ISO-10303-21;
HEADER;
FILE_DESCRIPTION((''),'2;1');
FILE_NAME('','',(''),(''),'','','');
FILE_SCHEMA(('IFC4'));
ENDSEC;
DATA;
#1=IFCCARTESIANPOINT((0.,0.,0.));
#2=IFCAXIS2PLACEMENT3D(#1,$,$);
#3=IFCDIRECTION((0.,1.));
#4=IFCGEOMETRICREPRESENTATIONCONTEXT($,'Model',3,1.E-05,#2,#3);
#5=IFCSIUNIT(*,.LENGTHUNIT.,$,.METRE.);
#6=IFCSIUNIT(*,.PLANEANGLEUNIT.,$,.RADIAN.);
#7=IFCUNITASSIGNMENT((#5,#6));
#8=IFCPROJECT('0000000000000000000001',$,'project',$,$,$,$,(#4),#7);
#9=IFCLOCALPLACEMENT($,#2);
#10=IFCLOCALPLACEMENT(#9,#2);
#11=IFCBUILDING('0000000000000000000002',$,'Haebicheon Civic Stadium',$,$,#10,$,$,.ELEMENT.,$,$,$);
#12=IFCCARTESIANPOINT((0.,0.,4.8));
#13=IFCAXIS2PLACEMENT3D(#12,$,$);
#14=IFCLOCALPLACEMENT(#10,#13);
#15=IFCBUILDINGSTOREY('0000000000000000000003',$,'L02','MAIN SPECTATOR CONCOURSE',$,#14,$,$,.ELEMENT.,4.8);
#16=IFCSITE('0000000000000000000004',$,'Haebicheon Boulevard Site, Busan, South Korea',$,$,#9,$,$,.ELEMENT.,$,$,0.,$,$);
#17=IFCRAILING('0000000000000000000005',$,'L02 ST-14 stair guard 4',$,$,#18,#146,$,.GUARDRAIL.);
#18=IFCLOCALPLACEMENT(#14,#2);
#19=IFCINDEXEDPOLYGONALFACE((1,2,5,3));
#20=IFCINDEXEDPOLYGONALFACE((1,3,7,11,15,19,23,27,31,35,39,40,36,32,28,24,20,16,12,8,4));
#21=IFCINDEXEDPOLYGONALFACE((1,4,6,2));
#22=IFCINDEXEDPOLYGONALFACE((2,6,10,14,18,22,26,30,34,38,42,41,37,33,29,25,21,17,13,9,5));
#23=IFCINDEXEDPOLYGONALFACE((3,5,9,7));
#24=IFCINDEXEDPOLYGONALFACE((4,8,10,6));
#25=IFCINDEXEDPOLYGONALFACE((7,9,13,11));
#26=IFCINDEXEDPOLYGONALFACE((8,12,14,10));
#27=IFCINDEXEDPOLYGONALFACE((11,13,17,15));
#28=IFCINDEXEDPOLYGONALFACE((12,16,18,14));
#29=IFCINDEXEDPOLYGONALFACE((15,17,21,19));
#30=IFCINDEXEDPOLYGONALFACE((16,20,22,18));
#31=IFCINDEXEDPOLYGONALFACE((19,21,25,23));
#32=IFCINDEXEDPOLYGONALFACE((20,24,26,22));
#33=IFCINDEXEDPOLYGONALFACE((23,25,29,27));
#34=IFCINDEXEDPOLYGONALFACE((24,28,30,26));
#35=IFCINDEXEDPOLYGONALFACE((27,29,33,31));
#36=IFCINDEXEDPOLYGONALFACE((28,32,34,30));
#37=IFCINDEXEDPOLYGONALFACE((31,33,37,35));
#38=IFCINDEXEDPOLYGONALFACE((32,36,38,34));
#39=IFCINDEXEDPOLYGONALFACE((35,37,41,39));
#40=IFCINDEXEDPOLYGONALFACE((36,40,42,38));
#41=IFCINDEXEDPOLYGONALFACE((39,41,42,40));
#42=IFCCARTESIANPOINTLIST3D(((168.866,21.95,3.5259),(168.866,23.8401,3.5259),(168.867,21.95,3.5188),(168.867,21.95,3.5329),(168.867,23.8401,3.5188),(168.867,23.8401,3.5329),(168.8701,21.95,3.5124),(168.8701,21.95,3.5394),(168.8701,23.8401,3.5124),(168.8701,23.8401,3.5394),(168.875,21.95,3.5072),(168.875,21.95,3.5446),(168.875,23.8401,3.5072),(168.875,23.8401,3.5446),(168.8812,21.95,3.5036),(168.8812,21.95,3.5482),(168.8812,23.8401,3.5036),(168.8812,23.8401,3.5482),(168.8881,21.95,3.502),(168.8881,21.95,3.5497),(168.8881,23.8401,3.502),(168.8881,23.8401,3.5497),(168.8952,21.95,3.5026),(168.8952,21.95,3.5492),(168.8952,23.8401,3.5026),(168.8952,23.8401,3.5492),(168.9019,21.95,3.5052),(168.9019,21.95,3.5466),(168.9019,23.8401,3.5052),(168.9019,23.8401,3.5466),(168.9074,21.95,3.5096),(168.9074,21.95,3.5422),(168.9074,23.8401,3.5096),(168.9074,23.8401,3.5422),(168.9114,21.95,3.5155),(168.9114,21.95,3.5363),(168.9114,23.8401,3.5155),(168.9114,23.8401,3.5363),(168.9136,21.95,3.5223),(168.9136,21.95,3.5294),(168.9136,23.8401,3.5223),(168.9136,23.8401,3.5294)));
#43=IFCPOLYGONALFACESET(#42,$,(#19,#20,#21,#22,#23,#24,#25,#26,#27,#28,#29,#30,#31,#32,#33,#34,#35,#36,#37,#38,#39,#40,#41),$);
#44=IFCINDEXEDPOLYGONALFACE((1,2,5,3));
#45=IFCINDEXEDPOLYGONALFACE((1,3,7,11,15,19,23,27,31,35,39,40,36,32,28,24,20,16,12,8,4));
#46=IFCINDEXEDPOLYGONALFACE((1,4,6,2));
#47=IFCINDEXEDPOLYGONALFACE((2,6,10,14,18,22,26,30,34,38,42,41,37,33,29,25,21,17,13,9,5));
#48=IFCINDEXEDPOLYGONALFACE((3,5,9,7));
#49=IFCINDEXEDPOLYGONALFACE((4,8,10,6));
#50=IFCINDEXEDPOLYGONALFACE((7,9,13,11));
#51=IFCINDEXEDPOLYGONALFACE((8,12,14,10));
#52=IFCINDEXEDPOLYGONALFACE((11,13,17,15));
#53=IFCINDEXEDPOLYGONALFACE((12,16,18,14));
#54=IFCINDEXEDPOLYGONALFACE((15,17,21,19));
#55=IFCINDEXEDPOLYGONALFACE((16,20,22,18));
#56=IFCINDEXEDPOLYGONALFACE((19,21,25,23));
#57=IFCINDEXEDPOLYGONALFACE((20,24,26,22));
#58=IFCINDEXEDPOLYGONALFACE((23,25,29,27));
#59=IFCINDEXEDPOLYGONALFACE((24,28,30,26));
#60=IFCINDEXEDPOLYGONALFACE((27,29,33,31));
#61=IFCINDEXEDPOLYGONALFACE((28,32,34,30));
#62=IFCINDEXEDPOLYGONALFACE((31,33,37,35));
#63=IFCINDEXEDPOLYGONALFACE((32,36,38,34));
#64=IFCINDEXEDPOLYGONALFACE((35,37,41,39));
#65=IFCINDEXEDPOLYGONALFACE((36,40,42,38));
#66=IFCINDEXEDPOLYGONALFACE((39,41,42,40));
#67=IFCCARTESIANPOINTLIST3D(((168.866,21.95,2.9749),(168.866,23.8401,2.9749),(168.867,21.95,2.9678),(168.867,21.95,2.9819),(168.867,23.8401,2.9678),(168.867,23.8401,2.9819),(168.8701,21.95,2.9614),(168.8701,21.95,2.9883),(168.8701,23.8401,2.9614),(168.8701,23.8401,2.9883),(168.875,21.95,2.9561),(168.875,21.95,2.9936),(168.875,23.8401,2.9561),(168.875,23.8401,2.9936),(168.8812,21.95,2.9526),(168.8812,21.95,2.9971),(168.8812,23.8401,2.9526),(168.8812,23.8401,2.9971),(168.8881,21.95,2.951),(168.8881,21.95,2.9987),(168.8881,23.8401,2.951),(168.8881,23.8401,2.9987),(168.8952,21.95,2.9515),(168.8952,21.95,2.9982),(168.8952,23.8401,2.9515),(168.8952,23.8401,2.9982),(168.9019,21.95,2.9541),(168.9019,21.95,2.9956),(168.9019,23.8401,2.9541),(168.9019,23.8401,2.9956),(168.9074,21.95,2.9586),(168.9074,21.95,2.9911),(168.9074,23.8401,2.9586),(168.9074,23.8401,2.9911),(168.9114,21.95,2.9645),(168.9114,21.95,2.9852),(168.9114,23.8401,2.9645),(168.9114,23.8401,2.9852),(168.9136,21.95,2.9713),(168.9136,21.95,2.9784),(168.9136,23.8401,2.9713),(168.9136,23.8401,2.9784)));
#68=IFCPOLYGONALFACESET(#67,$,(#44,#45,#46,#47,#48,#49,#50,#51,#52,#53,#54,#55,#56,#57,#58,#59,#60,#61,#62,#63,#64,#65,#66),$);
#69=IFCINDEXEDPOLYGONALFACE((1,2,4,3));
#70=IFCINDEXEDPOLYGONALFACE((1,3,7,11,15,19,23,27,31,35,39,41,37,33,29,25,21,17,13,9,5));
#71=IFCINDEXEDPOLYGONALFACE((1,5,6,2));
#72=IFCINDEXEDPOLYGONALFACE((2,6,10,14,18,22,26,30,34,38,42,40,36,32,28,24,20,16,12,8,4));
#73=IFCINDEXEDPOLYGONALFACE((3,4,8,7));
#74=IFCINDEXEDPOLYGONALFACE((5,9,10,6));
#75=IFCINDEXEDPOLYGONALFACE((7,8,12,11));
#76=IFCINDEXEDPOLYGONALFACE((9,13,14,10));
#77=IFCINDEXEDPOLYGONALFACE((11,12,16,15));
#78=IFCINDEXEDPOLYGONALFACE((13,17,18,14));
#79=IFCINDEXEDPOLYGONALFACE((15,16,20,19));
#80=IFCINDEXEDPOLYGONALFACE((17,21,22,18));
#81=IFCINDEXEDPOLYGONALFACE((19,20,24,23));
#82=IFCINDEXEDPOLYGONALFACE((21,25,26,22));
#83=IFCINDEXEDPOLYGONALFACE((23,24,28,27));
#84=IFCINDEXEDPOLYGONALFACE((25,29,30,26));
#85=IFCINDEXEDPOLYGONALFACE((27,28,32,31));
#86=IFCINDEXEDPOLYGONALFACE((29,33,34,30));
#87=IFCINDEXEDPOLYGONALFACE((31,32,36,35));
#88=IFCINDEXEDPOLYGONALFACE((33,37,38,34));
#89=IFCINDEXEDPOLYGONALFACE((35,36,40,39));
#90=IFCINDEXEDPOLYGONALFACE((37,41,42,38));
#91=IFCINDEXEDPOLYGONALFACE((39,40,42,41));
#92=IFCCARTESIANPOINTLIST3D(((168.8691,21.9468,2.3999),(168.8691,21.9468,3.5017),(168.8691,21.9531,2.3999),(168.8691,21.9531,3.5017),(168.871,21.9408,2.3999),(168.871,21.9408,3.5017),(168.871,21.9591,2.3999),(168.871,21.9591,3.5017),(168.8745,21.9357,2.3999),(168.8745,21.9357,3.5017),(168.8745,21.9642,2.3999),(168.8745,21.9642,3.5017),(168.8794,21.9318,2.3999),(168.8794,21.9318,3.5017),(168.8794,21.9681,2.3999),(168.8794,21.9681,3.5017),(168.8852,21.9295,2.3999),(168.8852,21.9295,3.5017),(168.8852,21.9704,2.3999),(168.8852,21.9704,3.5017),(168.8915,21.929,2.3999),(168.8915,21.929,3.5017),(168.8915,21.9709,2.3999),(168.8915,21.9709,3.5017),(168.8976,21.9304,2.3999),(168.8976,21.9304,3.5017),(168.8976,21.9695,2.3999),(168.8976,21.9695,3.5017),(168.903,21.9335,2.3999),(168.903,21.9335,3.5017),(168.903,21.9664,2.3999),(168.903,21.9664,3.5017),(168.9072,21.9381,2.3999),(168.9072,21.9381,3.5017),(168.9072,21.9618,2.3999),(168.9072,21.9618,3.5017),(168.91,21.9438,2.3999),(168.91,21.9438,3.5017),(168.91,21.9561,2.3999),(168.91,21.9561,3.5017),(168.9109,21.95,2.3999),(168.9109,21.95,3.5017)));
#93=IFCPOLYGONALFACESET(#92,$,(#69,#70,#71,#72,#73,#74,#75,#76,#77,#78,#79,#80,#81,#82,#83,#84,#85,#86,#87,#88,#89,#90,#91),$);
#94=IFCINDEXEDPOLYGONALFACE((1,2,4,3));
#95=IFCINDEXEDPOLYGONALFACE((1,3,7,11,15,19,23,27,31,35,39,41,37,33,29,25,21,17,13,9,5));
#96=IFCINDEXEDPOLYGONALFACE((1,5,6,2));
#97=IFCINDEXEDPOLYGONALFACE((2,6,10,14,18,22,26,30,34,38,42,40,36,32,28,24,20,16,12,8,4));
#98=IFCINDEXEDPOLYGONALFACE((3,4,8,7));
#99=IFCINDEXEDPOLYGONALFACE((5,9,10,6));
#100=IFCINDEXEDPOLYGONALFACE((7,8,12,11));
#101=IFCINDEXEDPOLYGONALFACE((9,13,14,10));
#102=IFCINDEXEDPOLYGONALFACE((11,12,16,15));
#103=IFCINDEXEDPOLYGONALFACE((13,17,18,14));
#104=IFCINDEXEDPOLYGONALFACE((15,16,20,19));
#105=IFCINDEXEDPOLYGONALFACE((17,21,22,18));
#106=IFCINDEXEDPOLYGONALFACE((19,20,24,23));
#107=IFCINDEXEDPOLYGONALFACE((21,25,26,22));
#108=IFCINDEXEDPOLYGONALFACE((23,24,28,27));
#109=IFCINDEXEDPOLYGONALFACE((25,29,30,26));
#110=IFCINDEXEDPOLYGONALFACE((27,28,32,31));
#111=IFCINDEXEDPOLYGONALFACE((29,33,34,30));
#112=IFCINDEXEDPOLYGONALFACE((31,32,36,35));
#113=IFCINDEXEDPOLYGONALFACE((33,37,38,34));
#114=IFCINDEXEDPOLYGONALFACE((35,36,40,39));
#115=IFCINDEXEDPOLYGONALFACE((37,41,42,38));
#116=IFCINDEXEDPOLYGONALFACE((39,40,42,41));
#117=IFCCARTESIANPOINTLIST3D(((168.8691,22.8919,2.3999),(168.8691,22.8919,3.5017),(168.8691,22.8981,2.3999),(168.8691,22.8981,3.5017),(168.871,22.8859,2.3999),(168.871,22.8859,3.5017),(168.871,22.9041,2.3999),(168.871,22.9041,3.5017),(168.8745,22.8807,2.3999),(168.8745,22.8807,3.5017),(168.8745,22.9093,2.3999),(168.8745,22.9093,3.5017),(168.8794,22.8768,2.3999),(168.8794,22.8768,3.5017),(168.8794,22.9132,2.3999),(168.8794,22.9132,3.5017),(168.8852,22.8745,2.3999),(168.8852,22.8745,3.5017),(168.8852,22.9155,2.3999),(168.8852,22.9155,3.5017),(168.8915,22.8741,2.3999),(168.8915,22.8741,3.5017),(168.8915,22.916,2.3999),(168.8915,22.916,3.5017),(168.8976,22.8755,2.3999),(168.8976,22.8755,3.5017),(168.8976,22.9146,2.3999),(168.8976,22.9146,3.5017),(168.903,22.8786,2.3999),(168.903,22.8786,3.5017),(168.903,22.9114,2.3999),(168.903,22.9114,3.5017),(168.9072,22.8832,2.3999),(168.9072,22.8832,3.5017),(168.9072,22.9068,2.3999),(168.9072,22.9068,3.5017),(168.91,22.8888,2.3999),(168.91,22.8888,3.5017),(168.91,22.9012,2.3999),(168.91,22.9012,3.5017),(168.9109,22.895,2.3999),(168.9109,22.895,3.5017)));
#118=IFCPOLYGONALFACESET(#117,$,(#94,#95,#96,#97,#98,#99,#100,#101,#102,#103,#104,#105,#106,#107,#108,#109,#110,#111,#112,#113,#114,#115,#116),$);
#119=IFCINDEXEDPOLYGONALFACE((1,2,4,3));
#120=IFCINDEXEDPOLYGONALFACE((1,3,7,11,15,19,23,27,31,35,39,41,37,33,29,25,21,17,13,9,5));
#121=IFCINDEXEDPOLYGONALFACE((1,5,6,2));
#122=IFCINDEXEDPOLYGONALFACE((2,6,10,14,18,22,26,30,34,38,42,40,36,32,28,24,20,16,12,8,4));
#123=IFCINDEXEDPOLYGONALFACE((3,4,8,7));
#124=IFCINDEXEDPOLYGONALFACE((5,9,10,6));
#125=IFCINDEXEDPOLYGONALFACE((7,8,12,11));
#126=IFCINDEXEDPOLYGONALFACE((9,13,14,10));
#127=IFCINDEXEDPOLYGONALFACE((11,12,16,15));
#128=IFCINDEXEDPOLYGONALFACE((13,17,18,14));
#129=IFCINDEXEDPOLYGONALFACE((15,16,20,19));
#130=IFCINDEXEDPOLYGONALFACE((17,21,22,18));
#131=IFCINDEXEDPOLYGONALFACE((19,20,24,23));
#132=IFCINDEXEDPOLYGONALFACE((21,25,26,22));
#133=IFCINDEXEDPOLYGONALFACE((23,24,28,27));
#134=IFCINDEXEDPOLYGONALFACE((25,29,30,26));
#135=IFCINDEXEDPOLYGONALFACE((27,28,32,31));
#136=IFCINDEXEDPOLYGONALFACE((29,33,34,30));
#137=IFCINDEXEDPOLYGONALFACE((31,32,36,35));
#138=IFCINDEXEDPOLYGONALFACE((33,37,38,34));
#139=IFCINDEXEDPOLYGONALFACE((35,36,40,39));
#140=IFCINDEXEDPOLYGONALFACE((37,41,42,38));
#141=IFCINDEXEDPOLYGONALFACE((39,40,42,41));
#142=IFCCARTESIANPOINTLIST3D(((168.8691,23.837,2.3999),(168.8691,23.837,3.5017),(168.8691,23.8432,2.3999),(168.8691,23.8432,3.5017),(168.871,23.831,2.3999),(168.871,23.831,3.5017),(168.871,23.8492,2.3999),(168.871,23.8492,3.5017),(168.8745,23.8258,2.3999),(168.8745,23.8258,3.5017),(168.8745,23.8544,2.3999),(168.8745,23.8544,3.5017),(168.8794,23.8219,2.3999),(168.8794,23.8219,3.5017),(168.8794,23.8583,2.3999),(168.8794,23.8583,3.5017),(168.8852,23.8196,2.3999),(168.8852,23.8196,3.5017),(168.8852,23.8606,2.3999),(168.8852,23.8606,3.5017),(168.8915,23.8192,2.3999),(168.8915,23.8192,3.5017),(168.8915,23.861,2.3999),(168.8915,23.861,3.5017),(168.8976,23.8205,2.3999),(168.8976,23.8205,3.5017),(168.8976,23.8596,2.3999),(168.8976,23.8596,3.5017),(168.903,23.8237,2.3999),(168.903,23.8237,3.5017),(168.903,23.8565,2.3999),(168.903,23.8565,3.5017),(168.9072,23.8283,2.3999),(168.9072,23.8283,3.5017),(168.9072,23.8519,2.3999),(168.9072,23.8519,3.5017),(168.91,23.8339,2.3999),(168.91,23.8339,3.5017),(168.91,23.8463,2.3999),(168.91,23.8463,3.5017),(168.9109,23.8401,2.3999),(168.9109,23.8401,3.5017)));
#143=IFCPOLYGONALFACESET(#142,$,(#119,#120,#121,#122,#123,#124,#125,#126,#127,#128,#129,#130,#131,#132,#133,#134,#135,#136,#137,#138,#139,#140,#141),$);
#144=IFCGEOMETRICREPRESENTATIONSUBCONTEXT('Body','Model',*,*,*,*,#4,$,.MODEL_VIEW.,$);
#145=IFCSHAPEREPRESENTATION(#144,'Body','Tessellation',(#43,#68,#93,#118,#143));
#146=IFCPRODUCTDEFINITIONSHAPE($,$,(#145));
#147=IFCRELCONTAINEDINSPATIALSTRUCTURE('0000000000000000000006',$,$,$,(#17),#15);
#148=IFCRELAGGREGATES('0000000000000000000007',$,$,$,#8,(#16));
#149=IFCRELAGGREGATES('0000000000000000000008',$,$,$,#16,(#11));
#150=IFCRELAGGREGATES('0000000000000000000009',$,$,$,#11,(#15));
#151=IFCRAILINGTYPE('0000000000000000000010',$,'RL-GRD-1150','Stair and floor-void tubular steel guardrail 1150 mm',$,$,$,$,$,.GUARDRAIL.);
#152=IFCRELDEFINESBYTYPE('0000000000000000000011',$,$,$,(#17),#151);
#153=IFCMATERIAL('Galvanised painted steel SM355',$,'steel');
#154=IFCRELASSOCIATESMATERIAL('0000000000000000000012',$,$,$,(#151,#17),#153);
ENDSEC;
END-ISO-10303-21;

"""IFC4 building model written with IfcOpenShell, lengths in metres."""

from ifc_helpers import new_model, si_unit, direction, frame, origin, origin_2d, place, context, subcontext, project, spatial, circle, extrude, material, type_object, element, save


model = new_model("IFC4")

# Units and contexts
model_context = context("Model", 3, precision=1e-05, world=origin(), true_north=direction((0.0, 1.0)))
body_context = subcontext(model_context, "Body", "Model", "MODEL_VIEW")
ifc_project = project(units=[si_unit("LENGTHUNIT", "METRE"), si_unit("PLANEANGLEUNIT", "RADIAN")], contexts=[model_context])

# Site, building, storey
site_placement = place(None, origin())
site = spatial("IfcSite", under=ifc_project, at=site_placement, Name="Haebicheon Boulevard Site, Busan, South Korea", CompositionType="ELEMENT", RefElevation=0.0)
building_placement = place(site_placement, origin())
building = spatial("IfcBuilding", under=site, at=building_placement, Name="Haebicheon Civic Stadium", CompositionType="ELEMENT")
storey_placement = place(building_placement, frame((0.0, 0.0, 4.8)))
storey = spatial("IfcBuildingStorey", under=building, at=storey_placement, Name="L02", Description="MAIN SPECTATOR CONCOURSE", CompositionType="ELEMENT", Elevation=4.8)

# Railing
ifc_material_1 = material(Name="Galvanised painted steel SM355", Category="steel")
railing_type_1 = type_object("IfcRailingType", Name="RL-GRD-1150", Description="Stair and floor-void tubular steel guardrail 1150 mm", PredefinedType="GUARDRAIL", material=ifc_material_1)
railing_1_placement = place(storey_placement, frame((168.8899, 21.95, 2.3999)))
element("IfcRailing", 1, at=railing_1_placement, inside=storey, type_object=railing_type_1, material=ifc_material_1, Name="L02 ST-14 stair guard 4", PredefinedType="GUARDRAIL", context=body_context, shape_type="SweptSolid", body=[
    extrude(circle(Radius=0.0239, at=origin_2d()), frame((0.0, 0.0, 1.126), z_axis=(0.0, 1.0, 0.0), x_axis=(-1.0, 0.0, 0.0)), (0.0, 0.0, 1.0), 1.8901),
    extrude(circle(Radius=0.0239, at=origin_2d()), frame((0.0, 0.0, 0.575), z_axis=(0.0, 1.0, 0.0), x_axis=(-1.0, 0.0, 0.0)), (0.0, 0.0, 1.0), 1.8901),
    extrude(circle(Radius=0.021, at=origin_2d()), origin(), (0.0, 0.0, 1.0), 1.1018),
    extrude(circle(Radius=0.021, at=origin_2d()), frame((0.0, 0.9451, 0.0)), (0.0, 0.0, 1.0), 1.1018),
    extrude(circle(Radius=0.021, at=origin_2d()), frame((0.0, 1.8901, 0.0)), (0.0, 0.0, 1.0), 1.1018),
])

save(model, "model.ifc")
